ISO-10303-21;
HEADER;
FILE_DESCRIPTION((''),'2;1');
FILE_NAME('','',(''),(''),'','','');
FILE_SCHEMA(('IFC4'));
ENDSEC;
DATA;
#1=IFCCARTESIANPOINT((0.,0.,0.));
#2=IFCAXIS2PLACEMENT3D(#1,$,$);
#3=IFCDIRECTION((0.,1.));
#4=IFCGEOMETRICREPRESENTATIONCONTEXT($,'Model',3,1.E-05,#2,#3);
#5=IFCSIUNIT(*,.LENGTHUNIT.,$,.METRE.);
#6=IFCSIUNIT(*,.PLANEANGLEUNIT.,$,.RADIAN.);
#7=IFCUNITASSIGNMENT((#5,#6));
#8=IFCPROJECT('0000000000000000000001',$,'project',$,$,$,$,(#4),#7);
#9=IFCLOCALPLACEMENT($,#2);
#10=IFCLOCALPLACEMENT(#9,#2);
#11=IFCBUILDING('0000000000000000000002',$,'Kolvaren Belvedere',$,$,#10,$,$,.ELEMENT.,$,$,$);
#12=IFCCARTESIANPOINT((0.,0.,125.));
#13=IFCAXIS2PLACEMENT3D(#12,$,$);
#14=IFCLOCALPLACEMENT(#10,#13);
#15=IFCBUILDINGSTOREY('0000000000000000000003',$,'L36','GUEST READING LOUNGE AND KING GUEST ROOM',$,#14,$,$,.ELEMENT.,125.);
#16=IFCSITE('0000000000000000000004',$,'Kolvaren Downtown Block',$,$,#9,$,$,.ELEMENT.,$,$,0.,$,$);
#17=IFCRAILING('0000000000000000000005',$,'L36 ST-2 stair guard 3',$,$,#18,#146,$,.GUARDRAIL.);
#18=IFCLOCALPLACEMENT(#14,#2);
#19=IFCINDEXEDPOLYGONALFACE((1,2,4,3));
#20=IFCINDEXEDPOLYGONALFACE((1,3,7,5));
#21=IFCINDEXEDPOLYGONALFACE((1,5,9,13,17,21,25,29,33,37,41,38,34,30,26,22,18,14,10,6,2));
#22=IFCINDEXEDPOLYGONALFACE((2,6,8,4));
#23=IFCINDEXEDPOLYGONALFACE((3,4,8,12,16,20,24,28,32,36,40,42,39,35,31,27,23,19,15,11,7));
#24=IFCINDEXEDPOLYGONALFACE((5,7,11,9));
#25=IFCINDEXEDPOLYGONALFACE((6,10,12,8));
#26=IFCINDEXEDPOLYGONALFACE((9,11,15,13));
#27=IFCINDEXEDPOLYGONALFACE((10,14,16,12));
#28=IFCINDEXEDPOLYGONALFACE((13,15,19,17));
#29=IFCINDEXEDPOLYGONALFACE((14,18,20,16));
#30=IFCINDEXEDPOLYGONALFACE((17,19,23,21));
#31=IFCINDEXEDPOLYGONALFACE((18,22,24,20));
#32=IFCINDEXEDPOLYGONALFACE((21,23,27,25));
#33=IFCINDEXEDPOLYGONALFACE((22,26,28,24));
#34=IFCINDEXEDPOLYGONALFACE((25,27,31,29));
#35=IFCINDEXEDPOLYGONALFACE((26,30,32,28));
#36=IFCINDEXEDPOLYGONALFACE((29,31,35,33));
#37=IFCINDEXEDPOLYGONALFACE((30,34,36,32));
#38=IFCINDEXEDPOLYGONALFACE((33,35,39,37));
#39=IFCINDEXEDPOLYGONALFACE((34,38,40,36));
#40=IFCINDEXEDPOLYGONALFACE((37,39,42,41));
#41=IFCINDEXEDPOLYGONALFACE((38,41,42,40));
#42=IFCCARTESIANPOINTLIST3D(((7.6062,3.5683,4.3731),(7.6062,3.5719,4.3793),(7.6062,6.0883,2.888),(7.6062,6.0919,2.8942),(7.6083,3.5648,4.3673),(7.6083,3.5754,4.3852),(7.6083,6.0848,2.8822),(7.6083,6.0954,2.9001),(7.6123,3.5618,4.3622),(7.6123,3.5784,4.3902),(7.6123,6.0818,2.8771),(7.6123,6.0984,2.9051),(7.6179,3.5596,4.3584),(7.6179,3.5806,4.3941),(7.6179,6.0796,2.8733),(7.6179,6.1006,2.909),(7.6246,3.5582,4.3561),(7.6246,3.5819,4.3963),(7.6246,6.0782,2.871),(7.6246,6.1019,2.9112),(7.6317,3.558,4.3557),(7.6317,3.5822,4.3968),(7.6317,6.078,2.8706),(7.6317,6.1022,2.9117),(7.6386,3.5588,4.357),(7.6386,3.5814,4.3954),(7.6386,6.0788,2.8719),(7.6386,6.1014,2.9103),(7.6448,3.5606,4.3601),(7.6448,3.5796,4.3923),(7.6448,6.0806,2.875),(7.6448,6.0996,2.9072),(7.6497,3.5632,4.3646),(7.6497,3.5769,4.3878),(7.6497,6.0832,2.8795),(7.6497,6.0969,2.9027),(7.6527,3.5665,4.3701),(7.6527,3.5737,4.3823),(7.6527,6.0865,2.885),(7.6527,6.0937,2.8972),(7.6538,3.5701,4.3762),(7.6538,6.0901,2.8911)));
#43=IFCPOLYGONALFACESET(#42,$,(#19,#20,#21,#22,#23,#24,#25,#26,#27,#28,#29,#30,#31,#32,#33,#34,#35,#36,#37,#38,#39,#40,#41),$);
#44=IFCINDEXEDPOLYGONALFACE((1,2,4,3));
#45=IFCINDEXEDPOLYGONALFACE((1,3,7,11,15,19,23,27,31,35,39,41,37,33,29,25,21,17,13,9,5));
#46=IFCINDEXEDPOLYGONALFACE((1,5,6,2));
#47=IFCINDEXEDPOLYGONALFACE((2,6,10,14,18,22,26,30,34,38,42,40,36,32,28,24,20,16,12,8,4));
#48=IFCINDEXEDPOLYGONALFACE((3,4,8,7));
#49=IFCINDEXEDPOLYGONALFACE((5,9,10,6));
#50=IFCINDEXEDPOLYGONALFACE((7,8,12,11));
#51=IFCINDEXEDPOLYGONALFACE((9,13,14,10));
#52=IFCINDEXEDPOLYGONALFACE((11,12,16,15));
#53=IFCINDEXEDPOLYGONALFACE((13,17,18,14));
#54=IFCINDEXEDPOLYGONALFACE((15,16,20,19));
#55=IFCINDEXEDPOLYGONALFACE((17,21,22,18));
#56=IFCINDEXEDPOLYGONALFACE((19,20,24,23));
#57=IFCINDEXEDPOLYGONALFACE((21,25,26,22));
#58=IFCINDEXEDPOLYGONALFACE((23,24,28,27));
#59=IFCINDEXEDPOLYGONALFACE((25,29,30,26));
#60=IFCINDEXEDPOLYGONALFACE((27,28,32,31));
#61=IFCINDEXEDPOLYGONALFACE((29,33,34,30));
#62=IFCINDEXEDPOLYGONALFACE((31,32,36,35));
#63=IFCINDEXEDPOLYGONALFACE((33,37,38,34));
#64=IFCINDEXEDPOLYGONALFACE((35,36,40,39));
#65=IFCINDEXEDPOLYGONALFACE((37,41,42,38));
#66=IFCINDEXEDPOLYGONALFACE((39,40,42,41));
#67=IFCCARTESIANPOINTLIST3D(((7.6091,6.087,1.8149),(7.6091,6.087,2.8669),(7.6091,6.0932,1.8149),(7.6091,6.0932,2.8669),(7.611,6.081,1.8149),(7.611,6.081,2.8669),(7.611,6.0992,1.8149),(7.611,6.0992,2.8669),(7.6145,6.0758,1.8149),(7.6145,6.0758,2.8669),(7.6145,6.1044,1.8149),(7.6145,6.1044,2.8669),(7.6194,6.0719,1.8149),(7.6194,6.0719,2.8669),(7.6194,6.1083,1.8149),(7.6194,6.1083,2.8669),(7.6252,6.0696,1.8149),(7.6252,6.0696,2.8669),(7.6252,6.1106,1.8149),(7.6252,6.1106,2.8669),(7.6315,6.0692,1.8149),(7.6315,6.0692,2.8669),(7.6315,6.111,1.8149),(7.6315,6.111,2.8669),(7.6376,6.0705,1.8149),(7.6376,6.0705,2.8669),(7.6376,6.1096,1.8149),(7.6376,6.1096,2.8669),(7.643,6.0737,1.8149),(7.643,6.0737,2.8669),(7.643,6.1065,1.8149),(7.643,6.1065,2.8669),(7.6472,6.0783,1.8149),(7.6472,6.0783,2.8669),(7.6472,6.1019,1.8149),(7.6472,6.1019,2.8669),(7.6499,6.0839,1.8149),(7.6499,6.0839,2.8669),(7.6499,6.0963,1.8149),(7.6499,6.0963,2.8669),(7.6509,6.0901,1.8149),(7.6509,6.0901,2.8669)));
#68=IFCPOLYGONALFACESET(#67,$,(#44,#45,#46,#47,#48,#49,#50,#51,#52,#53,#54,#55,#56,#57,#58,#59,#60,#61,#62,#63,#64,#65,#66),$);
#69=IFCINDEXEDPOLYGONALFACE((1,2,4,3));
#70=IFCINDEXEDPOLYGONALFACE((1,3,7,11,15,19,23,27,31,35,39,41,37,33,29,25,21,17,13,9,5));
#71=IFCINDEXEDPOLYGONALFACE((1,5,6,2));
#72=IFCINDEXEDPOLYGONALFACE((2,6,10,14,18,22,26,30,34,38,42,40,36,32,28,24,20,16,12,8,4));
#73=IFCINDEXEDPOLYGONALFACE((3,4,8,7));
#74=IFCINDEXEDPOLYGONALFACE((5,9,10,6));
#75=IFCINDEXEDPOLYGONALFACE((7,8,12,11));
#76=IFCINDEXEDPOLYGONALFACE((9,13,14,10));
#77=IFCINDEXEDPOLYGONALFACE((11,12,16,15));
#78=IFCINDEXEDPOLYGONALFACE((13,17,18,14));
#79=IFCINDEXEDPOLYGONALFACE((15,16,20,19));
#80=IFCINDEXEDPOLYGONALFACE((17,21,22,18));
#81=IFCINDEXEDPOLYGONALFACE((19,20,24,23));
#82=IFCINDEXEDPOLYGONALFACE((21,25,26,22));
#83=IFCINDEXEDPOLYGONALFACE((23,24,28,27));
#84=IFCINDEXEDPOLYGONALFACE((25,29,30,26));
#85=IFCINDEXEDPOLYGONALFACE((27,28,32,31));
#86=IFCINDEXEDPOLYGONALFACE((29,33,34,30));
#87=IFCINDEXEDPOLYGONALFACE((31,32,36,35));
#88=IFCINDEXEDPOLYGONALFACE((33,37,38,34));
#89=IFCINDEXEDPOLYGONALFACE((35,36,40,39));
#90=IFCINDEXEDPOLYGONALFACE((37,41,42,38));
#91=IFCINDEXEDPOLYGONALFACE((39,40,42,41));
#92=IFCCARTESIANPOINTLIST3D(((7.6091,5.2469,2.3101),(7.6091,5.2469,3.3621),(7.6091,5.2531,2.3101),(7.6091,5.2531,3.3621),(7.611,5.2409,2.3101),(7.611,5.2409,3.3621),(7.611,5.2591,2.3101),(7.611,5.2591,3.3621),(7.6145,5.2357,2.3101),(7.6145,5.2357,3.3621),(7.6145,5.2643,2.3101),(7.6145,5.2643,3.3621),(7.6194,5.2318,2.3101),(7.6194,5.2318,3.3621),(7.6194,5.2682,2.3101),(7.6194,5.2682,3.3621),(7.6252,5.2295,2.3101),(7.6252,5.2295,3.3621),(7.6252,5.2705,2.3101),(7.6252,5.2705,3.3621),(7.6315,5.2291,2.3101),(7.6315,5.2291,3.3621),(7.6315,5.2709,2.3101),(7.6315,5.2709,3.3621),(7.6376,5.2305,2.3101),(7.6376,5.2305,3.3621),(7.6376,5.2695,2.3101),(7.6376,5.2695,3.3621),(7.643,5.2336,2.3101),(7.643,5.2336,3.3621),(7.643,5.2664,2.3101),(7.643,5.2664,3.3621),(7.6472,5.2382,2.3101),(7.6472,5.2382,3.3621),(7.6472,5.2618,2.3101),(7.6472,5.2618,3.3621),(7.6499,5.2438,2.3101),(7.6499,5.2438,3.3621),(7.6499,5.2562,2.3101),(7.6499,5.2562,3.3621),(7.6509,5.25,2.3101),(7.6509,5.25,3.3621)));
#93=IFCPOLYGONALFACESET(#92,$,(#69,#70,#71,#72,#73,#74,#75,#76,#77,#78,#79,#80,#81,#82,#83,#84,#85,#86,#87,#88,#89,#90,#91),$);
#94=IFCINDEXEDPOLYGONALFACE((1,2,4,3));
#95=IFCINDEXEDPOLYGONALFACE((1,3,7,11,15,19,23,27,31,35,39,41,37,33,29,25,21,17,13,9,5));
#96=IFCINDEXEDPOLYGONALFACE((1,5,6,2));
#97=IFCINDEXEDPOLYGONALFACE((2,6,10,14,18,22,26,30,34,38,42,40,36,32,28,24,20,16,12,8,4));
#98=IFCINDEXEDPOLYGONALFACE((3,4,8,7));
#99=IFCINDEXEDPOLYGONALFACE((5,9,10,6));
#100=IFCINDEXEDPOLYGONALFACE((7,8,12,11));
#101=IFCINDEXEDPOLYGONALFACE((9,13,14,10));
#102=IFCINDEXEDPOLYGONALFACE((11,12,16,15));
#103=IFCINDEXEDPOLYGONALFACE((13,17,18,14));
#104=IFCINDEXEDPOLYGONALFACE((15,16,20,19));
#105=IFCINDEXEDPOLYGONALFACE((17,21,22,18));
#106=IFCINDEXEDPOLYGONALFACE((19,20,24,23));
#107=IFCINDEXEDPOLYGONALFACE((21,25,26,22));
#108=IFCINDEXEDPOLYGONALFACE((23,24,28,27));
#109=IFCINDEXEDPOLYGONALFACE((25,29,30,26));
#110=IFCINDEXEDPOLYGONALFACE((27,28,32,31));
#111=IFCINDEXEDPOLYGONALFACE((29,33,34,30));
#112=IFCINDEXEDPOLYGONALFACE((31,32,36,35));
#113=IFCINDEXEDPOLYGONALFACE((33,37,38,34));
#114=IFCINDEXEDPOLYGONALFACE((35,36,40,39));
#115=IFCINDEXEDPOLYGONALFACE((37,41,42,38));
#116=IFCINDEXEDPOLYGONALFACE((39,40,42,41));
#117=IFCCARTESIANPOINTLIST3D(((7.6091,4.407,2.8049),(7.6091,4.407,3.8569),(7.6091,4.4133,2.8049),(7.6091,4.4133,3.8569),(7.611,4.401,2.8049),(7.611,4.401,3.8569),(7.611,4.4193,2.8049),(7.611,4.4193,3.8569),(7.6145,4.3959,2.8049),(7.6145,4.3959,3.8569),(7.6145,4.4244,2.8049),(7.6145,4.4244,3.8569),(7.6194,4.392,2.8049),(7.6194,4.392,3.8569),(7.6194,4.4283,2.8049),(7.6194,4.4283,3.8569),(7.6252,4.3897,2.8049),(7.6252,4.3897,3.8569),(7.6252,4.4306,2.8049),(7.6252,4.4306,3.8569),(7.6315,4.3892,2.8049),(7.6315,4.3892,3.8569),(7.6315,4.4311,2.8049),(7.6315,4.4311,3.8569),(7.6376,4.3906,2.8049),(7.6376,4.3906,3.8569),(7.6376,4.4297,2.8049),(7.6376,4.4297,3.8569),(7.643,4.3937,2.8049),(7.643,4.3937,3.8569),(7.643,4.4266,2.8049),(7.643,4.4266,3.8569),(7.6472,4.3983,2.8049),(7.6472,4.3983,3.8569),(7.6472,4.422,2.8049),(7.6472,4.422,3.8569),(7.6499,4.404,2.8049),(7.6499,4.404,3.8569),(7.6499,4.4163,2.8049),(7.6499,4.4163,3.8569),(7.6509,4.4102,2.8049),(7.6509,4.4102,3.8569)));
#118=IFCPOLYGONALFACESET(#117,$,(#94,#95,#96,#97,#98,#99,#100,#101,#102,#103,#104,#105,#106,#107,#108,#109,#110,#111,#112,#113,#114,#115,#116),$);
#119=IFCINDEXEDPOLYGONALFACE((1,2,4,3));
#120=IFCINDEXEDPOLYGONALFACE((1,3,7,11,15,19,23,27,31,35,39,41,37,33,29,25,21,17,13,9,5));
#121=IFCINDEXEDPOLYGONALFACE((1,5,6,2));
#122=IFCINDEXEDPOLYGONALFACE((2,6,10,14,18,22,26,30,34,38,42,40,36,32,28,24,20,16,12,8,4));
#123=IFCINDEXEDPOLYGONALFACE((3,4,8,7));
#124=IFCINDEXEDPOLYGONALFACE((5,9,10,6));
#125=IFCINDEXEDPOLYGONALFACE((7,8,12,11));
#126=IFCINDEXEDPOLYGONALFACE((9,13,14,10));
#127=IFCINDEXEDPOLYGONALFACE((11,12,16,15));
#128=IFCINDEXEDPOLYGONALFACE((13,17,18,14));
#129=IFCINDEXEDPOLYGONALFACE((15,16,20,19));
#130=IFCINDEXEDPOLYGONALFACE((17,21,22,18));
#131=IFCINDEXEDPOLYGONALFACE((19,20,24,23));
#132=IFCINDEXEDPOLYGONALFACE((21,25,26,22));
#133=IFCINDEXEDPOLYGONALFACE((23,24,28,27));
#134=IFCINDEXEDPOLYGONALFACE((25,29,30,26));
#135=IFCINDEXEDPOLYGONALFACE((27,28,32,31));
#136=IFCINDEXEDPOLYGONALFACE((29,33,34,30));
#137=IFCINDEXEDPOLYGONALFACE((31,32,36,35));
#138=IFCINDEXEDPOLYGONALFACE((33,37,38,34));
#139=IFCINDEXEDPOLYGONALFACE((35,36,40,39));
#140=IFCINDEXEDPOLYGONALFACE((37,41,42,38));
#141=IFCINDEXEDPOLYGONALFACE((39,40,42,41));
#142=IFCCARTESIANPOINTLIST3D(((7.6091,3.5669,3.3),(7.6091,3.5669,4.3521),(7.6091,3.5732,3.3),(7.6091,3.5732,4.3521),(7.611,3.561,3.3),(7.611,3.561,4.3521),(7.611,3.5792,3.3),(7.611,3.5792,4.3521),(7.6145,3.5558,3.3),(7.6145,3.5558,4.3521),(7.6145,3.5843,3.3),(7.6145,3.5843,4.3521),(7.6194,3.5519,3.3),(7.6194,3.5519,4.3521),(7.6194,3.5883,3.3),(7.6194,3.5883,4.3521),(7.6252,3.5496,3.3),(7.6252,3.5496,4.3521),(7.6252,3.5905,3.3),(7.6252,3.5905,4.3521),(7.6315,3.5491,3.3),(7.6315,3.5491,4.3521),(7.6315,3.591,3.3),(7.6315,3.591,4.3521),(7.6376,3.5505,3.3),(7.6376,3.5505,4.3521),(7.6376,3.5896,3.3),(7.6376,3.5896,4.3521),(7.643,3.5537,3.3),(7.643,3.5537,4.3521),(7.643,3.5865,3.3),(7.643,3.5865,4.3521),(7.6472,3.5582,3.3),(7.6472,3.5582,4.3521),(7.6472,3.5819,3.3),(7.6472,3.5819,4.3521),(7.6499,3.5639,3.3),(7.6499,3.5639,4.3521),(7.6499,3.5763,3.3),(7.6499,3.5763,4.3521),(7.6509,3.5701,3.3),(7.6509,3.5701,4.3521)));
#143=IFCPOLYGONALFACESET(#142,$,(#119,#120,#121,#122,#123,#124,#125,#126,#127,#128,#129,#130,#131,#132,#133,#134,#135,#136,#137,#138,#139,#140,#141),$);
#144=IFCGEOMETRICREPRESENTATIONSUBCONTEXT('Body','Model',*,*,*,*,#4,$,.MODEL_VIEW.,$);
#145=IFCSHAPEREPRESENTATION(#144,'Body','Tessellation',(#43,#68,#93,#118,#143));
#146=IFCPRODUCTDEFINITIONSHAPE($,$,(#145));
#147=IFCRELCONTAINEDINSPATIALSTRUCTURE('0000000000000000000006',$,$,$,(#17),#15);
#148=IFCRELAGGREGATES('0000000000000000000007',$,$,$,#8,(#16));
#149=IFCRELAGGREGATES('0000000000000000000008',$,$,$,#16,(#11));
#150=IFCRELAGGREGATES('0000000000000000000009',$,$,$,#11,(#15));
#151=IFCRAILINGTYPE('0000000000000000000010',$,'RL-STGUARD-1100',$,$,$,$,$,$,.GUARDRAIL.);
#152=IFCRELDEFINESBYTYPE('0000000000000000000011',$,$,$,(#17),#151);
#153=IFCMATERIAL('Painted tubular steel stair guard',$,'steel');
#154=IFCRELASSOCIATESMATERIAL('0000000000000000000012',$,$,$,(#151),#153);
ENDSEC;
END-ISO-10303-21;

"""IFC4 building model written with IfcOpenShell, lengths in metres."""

from ifc_helpers import new_model, si_unit, direction, frame, origin, origin_2d, place, context, subcontext, project, spatial, circle, extrude, material, type_object, element, save


model = new_model("IFC4")

# Units and contexts
model_context = context("Model", 3, precision=1e-05, world=origin(), true_north=direction((0.0, 1.0)))
body_context = subcontext(model_context, "Body", "Model", "MODEL_VIEW")
ifc_project = project(units=[si_unit("LENGTHUNIT", "METRE"), si_unit("PLANEANGLEUNIT", "RADIAN")], contexts=[model_context])

# Site, building, storey
site_placement = place(None, origin())
site = spatial("IfcSite", under=ifc_project, at=site_placement, Name="Kolvaren Downtown Block", CompositionType="ELEMENT", RefElevation=0.0)
building_placement = place(site_placement, origin())
building = spatial("IfcBuilding", under=site, at=building_placement, Name="Kolvaren Belvedere", CompositionType="ELEMENT")
storey_placement = place(building_placement, frame((0.0, 0.0, 125.0)))
storey = spatial("IfcBuildingStorey", under=building, at=storey_placement, Name="L36", Description="GUEST READING LOUNGE AND KING GUEST ROOM", CompositionType="ELEMENT", Elevation=125.0)

# Railing
ifc_material_1 = material(Name="Painted tubular steel stair guard", Category="steel")
railing_type_1 = type_object("IfcRailingType", Name="RL-STGUARD-1100", PredefinedType="GUARDRAIL", material=ifc_material_1)
railing_1_placement = place(storey_placement, frame((7.6299, 6.0901, 1.8149)))
element("IfcRailing", 1, at=railing_1_placement, inside=storey, type_object=railing_type_1, Name="L36 ST-2 stair guard 3", PredefinedType="GUARDRAIL", context=body_context, shape_type="SweptSolid", body=[
    extrude(circle(Radius=0.0239, at=origin_2d()), frame((0.0, 0.0, 1.0762), z_axis=(0.0, -0.861524, 0.507717), x_axis=(1.0, 0.0, 0.0)), (0.0, 0.0, 1.0), 2.925),
    extrude(circle(Radius=0.021, at=origin_2d()), origin(), (0.0, 0.0, 1.0), 1.052),
    extrude(circle(Radius=0.021, at=origin_2d()), frame((0.0, -0.8401, 0.4951)), (0.0, 0.0, 1.0), 1.052),
    extrude(circle(Radius=0.021, at=origin_2d()), frame((0.0, -1.6799, 0.99)), (0.0, 0.0, 1.0), 1.052),
    extrude(circle(Radius=0.021, at=origin_2d()), frame((0.0, -2.52, 1.4851)), (0.0, 0.0, 1.0), 1.052),
])

save(model, "model.ifc")
